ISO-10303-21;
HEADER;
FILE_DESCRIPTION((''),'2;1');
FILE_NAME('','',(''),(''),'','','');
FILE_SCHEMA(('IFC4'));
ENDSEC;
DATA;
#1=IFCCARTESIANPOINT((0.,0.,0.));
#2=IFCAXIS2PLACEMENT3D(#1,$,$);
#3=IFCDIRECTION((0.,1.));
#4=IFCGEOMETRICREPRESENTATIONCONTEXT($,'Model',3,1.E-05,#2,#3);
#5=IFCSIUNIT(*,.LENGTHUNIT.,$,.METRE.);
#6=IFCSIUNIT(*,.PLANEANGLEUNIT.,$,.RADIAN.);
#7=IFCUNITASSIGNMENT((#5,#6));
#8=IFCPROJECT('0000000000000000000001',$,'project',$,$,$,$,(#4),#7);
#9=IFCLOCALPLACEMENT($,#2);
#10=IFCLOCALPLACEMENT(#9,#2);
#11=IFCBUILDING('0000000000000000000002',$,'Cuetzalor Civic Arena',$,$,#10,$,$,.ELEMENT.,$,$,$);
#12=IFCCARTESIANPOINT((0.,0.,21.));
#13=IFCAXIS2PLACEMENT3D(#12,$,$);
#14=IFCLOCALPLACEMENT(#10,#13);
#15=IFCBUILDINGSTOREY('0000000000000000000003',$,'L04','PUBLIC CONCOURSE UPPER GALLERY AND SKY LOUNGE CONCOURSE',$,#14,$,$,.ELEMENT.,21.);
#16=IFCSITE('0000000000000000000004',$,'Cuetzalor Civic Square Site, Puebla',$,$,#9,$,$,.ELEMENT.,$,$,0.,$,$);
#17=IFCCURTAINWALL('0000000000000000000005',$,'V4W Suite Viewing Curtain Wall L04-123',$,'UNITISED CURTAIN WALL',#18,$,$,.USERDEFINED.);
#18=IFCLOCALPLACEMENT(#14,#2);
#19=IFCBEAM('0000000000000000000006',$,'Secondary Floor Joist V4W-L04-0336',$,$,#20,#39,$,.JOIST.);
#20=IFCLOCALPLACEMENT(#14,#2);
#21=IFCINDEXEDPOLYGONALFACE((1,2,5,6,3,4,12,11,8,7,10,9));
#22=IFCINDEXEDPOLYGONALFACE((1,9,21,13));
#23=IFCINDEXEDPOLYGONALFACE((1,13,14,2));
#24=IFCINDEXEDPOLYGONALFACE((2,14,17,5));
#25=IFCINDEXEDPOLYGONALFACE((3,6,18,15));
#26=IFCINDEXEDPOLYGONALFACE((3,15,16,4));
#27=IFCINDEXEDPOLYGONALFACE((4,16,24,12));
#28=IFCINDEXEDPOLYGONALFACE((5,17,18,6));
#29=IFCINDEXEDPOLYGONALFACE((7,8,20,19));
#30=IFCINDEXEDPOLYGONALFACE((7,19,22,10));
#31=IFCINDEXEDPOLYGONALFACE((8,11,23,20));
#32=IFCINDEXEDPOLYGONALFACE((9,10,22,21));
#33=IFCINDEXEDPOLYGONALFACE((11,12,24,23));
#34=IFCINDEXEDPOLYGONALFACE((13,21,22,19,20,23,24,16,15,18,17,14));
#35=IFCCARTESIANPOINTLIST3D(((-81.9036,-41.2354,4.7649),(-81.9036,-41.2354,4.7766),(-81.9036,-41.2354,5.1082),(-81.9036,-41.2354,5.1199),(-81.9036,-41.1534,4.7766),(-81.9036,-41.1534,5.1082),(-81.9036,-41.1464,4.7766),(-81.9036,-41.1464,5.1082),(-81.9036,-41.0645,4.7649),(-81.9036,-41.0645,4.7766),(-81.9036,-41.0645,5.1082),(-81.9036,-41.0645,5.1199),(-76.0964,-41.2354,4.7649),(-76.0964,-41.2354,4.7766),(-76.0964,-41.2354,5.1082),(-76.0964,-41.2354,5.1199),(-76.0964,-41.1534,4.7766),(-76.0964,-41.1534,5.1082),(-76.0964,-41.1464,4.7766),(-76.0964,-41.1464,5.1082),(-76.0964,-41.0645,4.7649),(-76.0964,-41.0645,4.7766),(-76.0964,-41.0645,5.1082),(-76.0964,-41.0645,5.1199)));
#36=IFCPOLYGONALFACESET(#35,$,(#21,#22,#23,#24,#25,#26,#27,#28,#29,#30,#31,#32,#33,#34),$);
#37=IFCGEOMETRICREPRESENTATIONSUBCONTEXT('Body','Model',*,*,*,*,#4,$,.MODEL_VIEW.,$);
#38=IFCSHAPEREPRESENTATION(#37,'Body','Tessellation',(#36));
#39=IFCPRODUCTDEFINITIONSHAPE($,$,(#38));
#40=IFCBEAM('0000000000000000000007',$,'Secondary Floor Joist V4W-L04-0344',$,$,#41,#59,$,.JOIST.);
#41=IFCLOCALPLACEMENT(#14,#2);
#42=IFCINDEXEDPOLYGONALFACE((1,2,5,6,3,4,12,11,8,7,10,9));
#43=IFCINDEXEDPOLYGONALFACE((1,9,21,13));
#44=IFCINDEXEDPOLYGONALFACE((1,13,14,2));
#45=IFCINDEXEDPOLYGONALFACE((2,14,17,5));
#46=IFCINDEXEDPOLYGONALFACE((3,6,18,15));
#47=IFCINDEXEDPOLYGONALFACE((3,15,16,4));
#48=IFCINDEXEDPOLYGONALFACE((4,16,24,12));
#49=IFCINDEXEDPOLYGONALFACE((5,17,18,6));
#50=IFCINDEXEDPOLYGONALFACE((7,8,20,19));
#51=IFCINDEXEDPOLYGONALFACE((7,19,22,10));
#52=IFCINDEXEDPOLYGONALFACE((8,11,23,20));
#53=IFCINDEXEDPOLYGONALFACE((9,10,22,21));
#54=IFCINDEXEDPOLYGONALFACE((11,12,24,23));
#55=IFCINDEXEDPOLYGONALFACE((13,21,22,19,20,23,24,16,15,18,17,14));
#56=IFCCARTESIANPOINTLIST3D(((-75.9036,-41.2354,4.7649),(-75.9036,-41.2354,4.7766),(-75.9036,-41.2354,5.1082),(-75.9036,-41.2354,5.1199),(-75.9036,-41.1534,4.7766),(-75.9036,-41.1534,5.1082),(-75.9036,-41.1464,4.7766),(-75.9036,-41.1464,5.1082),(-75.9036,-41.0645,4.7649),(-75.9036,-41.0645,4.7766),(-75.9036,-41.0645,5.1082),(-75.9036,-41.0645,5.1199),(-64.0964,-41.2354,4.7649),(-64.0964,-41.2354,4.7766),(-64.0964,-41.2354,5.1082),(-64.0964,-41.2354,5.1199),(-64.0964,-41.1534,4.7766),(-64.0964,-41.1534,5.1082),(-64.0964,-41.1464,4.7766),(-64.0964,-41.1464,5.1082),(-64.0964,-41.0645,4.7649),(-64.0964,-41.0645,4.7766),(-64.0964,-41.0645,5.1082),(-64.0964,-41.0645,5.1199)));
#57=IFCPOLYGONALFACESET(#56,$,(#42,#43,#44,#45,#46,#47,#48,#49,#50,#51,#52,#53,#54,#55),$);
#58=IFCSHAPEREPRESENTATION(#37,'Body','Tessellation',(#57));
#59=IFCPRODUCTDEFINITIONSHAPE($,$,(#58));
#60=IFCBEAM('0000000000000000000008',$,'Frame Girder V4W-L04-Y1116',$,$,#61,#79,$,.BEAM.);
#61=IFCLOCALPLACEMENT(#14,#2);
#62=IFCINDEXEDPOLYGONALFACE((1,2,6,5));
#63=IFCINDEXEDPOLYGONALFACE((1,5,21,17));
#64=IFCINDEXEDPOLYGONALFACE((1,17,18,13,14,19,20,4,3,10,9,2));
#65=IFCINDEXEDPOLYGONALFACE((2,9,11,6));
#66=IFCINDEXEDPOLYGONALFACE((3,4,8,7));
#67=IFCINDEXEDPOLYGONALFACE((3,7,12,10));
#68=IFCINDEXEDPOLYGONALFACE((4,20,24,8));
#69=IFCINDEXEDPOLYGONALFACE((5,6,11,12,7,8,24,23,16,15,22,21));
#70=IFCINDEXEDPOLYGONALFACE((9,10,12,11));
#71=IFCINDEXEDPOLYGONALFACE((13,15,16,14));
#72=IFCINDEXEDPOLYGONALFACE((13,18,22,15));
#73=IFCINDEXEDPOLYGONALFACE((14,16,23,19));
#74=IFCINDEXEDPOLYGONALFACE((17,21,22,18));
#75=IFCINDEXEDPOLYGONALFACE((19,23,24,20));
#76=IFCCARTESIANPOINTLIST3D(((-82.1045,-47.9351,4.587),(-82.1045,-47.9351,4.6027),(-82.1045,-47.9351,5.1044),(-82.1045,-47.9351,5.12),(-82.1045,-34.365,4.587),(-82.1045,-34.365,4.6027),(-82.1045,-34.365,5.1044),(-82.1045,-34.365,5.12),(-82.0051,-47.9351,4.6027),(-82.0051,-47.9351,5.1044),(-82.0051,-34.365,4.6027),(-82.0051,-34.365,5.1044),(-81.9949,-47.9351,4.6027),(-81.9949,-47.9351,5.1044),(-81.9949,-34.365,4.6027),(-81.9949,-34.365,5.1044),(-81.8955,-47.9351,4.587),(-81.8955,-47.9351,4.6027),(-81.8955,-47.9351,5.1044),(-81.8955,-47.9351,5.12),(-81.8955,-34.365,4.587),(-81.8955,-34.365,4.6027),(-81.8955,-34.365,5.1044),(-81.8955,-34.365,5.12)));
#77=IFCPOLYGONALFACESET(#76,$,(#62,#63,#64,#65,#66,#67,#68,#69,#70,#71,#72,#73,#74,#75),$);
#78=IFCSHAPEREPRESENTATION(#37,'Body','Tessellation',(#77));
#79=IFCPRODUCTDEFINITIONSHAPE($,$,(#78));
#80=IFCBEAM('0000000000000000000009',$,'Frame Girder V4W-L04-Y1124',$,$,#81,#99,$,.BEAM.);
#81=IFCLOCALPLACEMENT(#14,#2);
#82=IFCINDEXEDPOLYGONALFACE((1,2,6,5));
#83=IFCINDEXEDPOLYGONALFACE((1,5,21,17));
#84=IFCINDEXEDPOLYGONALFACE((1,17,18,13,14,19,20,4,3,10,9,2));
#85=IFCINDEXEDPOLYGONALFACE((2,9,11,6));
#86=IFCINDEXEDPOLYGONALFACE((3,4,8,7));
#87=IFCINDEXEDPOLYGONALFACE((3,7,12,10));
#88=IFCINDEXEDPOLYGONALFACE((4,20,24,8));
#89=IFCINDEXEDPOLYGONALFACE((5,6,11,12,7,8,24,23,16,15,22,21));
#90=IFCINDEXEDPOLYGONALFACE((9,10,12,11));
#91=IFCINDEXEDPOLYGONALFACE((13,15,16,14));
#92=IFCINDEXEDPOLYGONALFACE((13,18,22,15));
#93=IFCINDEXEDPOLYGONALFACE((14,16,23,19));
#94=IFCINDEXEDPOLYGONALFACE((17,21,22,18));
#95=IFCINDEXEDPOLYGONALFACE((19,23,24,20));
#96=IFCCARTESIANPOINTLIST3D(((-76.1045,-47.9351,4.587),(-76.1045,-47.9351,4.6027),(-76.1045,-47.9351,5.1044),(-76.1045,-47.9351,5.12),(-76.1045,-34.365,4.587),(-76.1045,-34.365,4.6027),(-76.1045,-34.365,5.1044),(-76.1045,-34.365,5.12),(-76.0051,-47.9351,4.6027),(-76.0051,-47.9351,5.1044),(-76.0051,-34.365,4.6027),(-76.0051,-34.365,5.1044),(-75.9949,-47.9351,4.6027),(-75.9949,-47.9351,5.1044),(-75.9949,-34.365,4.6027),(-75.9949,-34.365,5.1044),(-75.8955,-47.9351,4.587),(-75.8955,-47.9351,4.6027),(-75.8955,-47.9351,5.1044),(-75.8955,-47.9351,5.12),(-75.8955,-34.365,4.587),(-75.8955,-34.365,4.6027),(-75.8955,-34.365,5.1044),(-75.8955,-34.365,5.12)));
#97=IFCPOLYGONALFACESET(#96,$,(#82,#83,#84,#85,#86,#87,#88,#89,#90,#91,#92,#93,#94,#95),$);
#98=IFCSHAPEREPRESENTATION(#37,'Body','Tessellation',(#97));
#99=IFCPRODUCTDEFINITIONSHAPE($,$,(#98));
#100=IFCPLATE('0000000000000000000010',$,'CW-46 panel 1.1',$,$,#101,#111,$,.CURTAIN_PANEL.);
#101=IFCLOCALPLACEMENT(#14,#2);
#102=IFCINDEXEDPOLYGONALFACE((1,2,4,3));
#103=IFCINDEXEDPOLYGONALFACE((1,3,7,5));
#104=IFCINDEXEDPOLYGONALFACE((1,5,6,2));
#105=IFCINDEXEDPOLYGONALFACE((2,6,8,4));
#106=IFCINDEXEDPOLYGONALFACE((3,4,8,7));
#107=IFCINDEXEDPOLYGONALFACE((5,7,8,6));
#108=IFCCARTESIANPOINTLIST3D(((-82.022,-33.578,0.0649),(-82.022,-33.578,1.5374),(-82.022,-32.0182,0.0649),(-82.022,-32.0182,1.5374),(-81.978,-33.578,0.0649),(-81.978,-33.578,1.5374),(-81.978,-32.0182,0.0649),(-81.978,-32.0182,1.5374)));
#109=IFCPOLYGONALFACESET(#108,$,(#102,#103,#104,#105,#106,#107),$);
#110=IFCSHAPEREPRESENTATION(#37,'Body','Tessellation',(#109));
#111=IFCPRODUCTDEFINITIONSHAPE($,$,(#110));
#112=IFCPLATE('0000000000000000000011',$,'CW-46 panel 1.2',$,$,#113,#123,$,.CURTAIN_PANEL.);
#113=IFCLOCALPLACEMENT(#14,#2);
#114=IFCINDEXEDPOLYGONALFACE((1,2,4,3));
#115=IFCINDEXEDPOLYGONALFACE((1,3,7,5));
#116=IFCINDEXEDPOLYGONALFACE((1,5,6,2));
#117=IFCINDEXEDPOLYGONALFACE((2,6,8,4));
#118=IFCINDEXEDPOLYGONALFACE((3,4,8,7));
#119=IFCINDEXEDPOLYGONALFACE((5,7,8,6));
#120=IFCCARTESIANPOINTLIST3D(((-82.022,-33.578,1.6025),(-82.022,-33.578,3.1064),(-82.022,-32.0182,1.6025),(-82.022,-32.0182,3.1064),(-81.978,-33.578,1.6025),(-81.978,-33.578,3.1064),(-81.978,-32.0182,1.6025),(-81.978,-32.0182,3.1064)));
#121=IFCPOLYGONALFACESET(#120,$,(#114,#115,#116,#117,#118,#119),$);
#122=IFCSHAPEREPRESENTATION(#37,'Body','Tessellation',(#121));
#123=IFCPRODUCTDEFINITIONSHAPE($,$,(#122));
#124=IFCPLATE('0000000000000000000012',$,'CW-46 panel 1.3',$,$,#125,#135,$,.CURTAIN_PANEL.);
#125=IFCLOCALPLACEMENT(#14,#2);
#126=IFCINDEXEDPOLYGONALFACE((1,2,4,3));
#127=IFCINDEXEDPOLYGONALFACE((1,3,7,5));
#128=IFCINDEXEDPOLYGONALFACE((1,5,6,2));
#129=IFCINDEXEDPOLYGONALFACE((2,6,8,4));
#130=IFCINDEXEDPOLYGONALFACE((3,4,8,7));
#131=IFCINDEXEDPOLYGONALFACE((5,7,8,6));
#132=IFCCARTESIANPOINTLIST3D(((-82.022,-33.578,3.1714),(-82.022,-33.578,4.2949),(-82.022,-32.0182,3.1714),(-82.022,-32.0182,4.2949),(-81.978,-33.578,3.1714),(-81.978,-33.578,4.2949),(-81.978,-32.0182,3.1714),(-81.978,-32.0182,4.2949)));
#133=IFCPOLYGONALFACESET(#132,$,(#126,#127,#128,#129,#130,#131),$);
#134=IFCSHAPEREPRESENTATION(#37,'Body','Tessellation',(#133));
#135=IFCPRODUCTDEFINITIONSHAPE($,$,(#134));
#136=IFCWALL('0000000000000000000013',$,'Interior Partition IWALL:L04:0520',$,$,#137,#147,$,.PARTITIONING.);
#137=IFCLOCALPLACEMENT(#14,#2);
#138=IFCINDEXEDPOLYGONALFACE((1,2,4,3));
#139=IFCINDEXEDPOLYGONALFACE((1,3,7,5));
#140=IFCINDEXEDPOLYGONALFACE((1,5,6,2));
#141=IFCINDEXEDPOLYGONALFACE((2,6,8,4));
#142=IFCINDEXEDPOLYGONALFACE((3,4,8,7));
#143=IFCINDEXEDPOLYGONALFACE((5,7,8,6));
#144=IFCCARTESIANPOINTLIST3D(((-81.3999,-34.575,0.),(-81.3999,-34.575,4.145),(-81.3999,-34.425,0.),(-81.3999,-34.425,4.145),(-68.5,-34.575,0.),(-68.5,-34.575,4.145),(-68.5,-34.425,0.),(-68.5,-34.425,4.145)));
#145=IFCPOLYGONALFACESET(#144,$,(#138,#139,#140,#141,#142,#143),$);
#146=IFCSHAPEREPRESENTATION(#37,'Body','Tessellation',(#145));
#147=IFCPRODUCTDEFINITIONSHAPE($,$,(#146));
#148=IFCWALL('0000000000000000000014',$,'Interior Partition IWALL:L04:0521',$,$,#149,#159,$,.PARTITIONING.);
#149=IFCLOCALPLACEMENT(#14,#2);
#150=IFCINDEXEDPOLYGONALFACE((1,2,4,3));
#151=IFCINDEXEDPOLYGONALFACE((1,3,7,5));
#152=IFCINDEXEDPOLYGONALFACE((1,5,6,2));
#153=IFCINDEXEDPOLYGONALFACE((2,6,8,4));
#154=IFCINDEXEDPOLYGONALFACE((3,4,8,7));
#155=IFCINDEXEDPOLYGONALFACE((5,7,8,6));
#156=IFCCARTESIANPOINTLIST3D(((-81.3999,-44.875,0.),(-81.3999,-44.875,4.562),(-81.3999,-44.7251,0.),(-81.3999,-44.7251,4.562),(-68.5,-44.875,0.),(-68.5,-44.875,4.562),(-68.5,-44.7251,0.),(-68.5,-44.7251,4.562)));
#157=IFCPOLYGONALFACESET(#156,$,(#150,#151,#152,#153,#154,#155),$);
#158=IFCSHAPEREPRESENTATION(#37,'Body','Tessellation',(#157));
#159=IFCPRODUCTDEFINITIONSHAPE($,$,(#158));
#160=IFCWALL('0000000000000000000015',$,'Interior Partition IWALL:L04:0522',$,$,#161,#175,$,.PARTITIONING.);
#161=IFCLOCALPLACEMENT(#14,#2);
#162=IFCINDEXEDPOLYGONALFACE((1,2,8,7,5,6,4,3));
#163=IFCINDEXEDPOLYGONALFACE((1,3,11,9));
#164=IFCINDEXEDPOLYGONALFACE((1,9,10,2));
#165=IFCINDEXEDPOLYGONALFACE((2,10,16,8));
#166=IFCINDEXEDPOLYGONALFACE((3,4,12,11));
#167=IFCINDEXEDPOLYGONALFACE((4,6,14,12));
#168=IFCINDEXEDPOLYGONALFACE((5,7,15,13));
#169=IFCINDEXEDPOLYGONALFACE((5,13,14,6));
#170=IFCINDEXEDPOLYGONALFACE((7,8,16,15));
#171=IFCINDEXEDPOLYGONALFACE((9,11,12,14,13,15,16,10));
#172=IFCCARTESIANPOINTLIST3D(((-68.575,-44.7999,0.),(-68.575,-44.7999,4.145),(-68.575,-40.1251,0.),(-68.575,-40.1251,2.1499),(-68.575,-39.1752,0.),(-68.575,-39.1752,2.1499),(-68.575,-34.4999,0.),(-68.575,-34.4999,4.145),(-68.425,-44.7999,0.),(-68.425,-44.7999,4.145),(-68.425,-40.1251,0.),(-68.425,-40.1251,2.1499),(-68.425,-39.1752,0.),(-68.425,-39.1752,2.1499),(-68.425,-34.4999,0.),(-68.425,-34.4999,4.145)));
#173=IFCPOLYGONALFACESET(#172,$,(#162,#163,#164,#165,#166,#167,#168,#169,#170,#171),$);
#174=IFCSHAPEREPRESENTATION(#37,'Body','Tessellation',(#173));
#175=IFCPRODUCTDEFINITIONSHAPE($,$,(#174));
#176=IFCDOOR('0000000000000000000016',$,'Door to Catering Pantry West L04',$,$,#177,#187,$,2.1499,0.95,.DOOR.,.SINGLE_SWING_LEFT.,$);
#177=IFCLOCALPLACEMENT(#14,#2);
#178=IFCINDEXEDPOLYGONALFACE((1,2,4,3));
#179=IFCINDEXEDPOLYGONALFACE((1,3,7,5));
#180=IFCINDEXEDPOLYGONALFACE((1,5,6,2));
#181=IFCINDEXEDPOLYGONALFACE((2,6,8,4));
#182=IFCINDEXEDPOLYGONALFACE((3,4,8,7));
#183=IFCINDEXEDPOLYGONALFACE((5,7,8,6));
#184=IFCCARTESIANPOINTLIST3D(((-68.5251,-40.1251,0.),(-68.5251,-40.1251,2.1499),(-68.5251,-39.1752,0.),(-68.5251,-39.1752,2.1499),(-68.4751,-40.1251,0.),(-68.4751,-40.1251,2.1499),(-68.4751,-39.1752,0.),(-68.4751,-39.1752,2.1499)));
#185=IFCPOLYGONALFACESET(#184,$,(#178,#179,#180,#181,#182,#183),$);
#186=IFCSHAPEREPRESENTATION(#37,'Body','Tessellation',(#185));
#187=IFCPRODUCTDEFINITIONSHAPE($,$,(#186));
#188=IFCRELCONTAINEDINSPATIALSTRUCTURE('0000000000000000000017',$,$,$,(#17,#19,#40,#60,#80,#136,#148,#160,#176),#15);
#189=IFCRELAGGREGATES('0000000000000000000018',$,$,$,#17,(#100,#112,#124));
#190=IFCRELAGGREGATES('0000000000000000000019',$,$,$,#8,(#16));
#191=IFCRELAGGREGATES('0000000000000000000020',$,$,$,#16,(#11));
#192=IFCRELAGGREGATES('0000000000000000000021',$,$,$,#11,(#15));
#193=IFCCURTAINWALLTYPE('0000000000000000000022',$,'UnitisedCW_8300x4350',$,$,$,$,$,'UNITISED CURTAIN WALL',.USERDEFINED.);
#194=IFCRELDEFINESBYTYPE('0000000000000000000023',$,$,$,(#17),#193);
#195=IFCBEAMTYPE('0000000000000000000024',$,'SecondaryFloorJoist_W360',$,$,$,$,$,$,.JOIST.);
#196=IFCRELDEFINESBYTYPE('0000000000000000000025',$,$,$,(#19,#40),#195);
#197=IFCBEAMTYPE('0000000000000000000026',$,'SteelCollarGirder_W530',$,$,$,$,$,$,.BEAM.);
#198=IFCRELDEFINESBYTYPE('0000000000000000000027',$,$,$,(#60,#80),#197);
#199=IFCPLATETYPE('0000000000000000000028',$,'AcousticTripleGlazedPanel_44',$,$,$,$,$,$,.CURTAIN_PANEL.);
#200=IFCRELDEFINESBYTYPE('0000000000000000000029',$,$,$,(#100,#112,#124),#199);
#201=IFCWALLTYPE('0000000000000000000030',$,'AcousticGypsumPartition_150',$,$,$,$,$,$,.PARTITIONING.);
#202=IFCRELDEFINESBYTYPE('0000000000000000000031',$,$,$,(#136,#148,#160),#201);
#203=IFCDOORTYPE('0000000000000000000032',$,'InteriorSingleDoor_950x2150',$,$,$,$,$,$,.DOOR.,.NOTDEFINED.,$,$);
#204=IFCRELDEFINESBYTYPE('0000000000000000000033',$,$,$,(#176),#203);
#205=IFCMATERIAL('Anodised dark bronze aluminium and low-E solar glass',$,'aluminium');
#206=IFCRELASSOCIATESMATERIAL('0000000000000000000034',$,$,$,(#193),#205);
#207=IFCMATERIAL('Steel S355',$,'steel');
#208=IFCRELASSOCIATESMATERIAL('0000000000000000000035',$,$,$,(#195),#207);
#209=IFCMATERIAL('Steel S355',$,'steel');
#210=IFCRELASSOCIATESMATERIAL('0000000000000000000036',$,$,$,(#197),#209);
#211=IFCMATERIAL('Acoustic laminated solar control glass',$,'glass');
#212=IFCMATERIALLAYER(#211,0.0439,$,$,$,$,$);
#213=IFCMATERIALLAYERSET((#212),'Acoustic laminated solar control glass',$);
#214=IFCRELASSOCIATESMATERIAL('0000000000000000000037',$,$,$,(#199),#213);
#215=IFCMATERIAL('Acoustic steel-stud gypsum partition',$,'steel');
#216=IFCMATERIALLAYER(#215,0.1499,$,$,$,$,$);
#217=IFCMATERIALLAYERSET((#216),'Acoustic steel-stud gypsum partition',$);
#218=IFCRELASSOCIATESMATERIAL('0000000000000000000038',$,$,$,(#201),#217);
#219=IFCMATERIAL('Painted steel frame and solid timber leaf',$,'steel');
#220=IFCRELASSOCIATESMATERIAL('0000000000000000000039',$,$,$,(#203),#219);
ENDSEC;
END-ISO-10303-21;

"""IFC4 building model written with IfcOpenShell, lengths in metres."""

from ifc_helpers import new_model, si_unit, direction, frame, frame_2d, origin, origin_2d, place, context, subcontext, project, spatial, rectangle, i_section, extrude, material, layer, layer_set, material_profile, profile_set, type_object, element, fill, aggregate, save


model = new_model("IFC4")

# Units and contexts
model_context = context("Model", 3, precision=1e-05, world=origin(), true_north=direction((0.0, 1.0)))
body_context = subcontext(model_context, "Body", "Model", "MODEL_VIEW")
ifc_project = project(units=[si_unit("LENGTHUNIT", "METRE"), si_unit("PLANEANGLEUNIT", "RADIAN")], contexts=[model_context])

# Site, building, storey
site_placement = place(None, origin())
site = spatial("IfcSite", under=ifc_project, at=site_placement, Name="Cuetzalor Civic Square Site, Puebla", CompositionType="ELEMENT", RefElevation=0.0)
building_placement = place(site_placement, origin())
building = spatial("IfcBuilding", under=site, at=building_placement, Name="Cuetzalor Civic Arena", CompositionType="ELEMENT")
storey_placement = place(building_placement, frame((0.0, 0.0, 21.0)))
storey = spatial("IfcBuildingStorey", under=building, at=storey_placement, Name="L04", Description="PUBLIC CONCOURSE UPPER GALLERY AND SKY LOUNGE CONCOURSE", CompositionType="ELEMENT", Elevation=21.0)

# Curtain wall
ifc_material_1 = material(Name="Anodised dark bronze aluminium and low-E solar glass", Category="aluminium")
curtain_wall_type = type_object("IfcCurtainWallType", Name="UnitisedCW_8300x4350", ElementType="UNITISED CURTAIN WALL", PredefinedType="USERDEFINED", material=ifc_material_1)
curtain_wall_placement = place(storey_placement, origin())
curtain_wall = element("IfcCurtainWall", 1, at=curtain_wall_placement, inside=storey, type_object=curtain_wall_type, Name="V4W Suite Viewing Curtain Wall L04-123", ObjectType="UNITISED CURTAIN WALL", PredefinedType="USERDEFINED")

# Beams
ifc_material_2 = material(Name="Steel S355", Category="steel")
ifc_material_profile_1 = material_profile(ifc_material_2, i_section(OverallWidth=0.1709, OverallDepth=0.355, WebThickness=0.0071, FlangeThickness=0.0117, at=origin_2d()), Name="W360x51")
ifc_profile_set_1 = profile_set([ifc_material_profile_1], Name="Steel S355")
beam_type_1 = type_object("IfcBeamType", Name="SecondaryFloorJoist_W360", PredefinedType="JOIST", material=ifc_profile_set_1)
beam_1_placement = place(storey_placement, frame((-81.9036, -41.1499, 4.9424), z_axis=(1.0, 0.0, 0.0), x_axis=(0.0, 1.0, 0.0)))
element("IfcBeam", 2, at=beam_1_placement, inside=storey, type_object=beam_type_1, Name="Secondary Floor Joist V4W-L04-0336", PredefinedType="JOIST", context=body_context, shape_type="SweptSolid", body=[
    extrude(i_section(OverallWidth=0.1709, OverallDepth=0.355, WebThickness=0.0071, FlangeThickness=0.0117, at=origin_2d()), origin(), (0.0, 0.0, 1.0), 5.8071),
])
beam_2_placement = place(storey_placement, frame((-75.9036, -41.1499, 4.9424), z_axis=(1.0, 0.0, 0.0), x_axis=(0.0, 1.0, 0.0)))
element("IfcBeam", 3, at=beam_2_placement, inside=storey, type_object=beam_type_1, Name="Secondary Floor Joist V4W-L04-0344", PredefinedType="JOIST", context=body_context, shape_type="SweptSolid", body=[
    extrude(i_section(OverallWidth=0.1709, OverallDepth=0.355, WebThickness=0.0071, FlangeThickness=0.0117, at=origin_2d()), origin(), (0.0, 0.0, 1.0), 11.8071),
])
ifc_material_3 = material(Name="Steel S355", Category="steel")
ifc_material_profile_2 = material_profile(ifc_material_3, i_section(OverallWidth=0.209, OverallDepth=0.533, WebThickness=0.0103, FlangeThickness=0.0156, at=origin_2d()), Name="W530x92")
ifc_profile_set_2 = profile_set([ifc_material_profile_2], Name="Steel S355")
beam_type_2 = type_object("IfcBeamType", Name="SteelCollarGirder_W530", PredefinedType="BEAM", material=ifc_profile_set_2)
for number, where, z_axis, x_axis, name in (
    (4, (-82.0, -47.9351, 4.8535), (0.0, 1.0, 0.0), (-1.0, 0.0, 0.0), "Frame Girder V4W-L04-Y1116"),
    (5, (-76.0, -47.9351, 4.8535), (0.0, 1.0, 0.0), (-1.0, 0.0, 0.0), "Frame Girder V4W-L04-Y1124"),
):
    element("IfcBeam", number, at=place(storey_placement, frame(where, z_axis=z_axis, x_axis=x_axis)), inside=storey, type_object=beam_type_2, Name=name, PredefinedType="BEAM", context=body_context, shape_type="SweptSolid", body=[
        extrude(i_section(OverallWidth=0.209, OverallDepth=0.533, WebThickness=0.0103, FlangeThickness=0.0156, at=origin_2d()), origin(), (0.0, 0.0, 1.0), 13.5701),
    ])

# Plates
ifc_material_4 = material(Name="Acoustic laminated solar control glass", Category="glass")
ifc_layer_1 = layer(ifc_material_4, 0.0439)
ifc_layer_set_1 = layer_set([ifc_layer_1], Name="Acoustic laminated solar control glass")
plate_type = type_object("IfcPlateType", Name="AcousticTripleGlazedPanel_44", PredefinedType="CURTAIN_PANEL", material=ifc_layer_set_1)
plate_1_placement = place(storey_placement, frame((-82.0, -32.7981, 0.0649), z_axis=(0.0, 0.0, 1.0), x_axis=(0.0, 1.0, 0.0)))
plate_1 = element("IfcPlate", 6, at=plate_1_placement, type_object=plate_type, Name="CW-46 panel 1.1", PredefinedType="CURTAIN_PANEL", context=body_context, shape_type="SweptSolid", body=[
    extrude(rectangle(XDim=1.5598, YDim=0.0439, at=origin_2d()), origin(), (0.0, 0.0, 1.0), 1.4724),
])
plate_2_placement = place(storey_placement, frame((-82.0, -32.7981, 1.6025), z_axis=(0.0, 0.0, 1.0), x_axis=(0.0, 1.0, 0.0)))
plate_2 = element("IfcPlate", 7, at=plate_2_placement, type_object=plate_type, Name="CW-46 panel 1.2", PredefinedType="CURTAIN_PANEL", context=body_context, shape_type="SweptSolid", body=[
    extrude(rectangle(XDim=1.5598, YDim=0.0439, at=origin_2d()), origin(), (0.0, 0.0, 1.0), 1.5039),
])
plate_3_placement = place(storey_placement, frame((-82.0, -32.7981, 3.1714), z_axis=(0.0, 0.0, 1.0), x_axis=(0.0, 1.0, 0.0)))
plate_3 = element("IfcPlate", 8, at=plate_3_placement, type_object=plate_type, Name="CW-46 panel 1.3", PredefinedType="CURTAIN_PANEL", context=body_context, shape_type="SweptSolid", body=[
    extrude(rectangle(XDim=1.5598, YDim=0.0439, at=origin_2d()), origin(), (0.0, 0.0, 1.0), 1.1235),
])
aggregate(curtain_wall, [plate_1, plate_2, plate_3])

# Walls
ifc_material_5 = material(Name="Acoustic steel-stud gypsum partition", Category="steel")
ifc_layer_2 = layer(ifc_material_5, 0.1499)
ifc_layer_set_2 = layer_set([ifc_layer_2], Name="Acoustic steel-stud gypsum partition")
wall_type_1 = type_object("IfcWallType", Name="AcousticGypsumPartition_150", PredefinedType="PARTITIONING", material=ifc_layer_set_2)
wall_1_placement = place(storey_placement, frame((-81.3999, -34.5, 0.0), z_axis=(0.0, 0.0, 1.0), x_axis=(1.0, 0.0, 0.0)))
element("IfcWall", 9, at=wall_1_placement, inside=storey, type_object=wall_type_1, Name="Interior Partition IWALL:L04:0520", PredefinedType="PARTITIONING", context=body_context, shape_type="SweptSolid", body=[
    extrude(rectangle(XDim=12.8999, YDim=0.1499, at=frame_2d((6.45, 0.0))), origin(), (0.0, 0.0, 1.0), 4.145),
])
wall_2_placement = place(storey_placement, frame((-68.5, -44.8, 0.0), z_axis=(0.0, 0.0, 1.0), x_axis=(-1.0, 0.0, 0.0)))
element("IfcWall", 10, at=wall_2_placement, inside=storey, type_object=wall_type_1, Name="Interior Partition IWALL:L04:0521", PredefinedType="PARTITIONING", context=body_context, shape_type="SweptSolid", body=[
    extrude(rectangle(XDim=12.8999, YDim=0.1499, at=frame_2d((6.45, 0.0))), origin(), (0.0, 0.0, 1.0), 4.562),
])

# Wall, opening, door
wall_3_placement = place(storey_placement, frame((-68.5, -34.5, 0.0), z_axis=(0.0, 0.0, 1.0), x_axis=(0.0, -1.0, 0.0)))
wall_3 = element("IfcWall", 11, at=wall_3_placement, inside=storey, type_object=wall_type_1, Name="Interior Partition IWALL:L04:0522", PredefinedType="PARTITIONING", context=body_context, shape_type="SweptSolid", body=[
    extrude(rectangle(XDim=10.3, YDim=0.1499, at=frame_2d((5.1499, 0.0))), origin(), (0.0, 0.0, 1.0), 4.145),
])
opening_1_placement = place(wall_3_placement, frame((4.675, 0.0, 0.0)))
opening_1 = element("IfcOpeningElement", 12, at=opening_1_placement, cuts=wall_3, PredefinedType="OPENING", context=body_context, shape_type="SweptSolid", body=[
    extrude(rectangle(XDim=0.95, YDim=2.1499, at=frame_2d((0.4751, 1.075))), frame((0.0, 0.085, 0.0), z_axis=(0.0, -1.0, 0.0), x_axis=(1.0, 0.0, 0.0)), (0.0, 0.0, 1.0), 0.1699),
])
ifc_material_6 = material(Name="Painted steel frame and solid timber leaf", Category="steel")
door_type_1 = type_object("IfcDoorType", Name="InteriorSingleDoor_950x2150", OperationType="NOTDEFINED", PredefinedType="DOOR", material=ifc_material_6)
door_1_placement = place(opening_1_placement, origin())
door_1 = element("IfcDoor", 13, at=door_1_placement, inside=storey, type_object=door_type_1, Name="Door to Catering Pantry West L04", OperationType="SINGLE_SWING_LEFT", OverallHeight=2.1499, OverallWidth=0.95, PredefinedType="DOOR", context=body_context, shape_type="SweptSolid", body=[
    extrude(rectangle(XDim=0.95, YDim=2.1499, at=frame_2d((0.4751, 1.075))), frame((0.0, 0.0249, 0.0), z_axis=(0.0, -1.0, 0.0), x_axis=(1.0, 0.0, 0.0)), (0.0, 0.0, 1.0), 0.05),
])
fill(opening_1, door_1)

save(model, "model.ifc")
